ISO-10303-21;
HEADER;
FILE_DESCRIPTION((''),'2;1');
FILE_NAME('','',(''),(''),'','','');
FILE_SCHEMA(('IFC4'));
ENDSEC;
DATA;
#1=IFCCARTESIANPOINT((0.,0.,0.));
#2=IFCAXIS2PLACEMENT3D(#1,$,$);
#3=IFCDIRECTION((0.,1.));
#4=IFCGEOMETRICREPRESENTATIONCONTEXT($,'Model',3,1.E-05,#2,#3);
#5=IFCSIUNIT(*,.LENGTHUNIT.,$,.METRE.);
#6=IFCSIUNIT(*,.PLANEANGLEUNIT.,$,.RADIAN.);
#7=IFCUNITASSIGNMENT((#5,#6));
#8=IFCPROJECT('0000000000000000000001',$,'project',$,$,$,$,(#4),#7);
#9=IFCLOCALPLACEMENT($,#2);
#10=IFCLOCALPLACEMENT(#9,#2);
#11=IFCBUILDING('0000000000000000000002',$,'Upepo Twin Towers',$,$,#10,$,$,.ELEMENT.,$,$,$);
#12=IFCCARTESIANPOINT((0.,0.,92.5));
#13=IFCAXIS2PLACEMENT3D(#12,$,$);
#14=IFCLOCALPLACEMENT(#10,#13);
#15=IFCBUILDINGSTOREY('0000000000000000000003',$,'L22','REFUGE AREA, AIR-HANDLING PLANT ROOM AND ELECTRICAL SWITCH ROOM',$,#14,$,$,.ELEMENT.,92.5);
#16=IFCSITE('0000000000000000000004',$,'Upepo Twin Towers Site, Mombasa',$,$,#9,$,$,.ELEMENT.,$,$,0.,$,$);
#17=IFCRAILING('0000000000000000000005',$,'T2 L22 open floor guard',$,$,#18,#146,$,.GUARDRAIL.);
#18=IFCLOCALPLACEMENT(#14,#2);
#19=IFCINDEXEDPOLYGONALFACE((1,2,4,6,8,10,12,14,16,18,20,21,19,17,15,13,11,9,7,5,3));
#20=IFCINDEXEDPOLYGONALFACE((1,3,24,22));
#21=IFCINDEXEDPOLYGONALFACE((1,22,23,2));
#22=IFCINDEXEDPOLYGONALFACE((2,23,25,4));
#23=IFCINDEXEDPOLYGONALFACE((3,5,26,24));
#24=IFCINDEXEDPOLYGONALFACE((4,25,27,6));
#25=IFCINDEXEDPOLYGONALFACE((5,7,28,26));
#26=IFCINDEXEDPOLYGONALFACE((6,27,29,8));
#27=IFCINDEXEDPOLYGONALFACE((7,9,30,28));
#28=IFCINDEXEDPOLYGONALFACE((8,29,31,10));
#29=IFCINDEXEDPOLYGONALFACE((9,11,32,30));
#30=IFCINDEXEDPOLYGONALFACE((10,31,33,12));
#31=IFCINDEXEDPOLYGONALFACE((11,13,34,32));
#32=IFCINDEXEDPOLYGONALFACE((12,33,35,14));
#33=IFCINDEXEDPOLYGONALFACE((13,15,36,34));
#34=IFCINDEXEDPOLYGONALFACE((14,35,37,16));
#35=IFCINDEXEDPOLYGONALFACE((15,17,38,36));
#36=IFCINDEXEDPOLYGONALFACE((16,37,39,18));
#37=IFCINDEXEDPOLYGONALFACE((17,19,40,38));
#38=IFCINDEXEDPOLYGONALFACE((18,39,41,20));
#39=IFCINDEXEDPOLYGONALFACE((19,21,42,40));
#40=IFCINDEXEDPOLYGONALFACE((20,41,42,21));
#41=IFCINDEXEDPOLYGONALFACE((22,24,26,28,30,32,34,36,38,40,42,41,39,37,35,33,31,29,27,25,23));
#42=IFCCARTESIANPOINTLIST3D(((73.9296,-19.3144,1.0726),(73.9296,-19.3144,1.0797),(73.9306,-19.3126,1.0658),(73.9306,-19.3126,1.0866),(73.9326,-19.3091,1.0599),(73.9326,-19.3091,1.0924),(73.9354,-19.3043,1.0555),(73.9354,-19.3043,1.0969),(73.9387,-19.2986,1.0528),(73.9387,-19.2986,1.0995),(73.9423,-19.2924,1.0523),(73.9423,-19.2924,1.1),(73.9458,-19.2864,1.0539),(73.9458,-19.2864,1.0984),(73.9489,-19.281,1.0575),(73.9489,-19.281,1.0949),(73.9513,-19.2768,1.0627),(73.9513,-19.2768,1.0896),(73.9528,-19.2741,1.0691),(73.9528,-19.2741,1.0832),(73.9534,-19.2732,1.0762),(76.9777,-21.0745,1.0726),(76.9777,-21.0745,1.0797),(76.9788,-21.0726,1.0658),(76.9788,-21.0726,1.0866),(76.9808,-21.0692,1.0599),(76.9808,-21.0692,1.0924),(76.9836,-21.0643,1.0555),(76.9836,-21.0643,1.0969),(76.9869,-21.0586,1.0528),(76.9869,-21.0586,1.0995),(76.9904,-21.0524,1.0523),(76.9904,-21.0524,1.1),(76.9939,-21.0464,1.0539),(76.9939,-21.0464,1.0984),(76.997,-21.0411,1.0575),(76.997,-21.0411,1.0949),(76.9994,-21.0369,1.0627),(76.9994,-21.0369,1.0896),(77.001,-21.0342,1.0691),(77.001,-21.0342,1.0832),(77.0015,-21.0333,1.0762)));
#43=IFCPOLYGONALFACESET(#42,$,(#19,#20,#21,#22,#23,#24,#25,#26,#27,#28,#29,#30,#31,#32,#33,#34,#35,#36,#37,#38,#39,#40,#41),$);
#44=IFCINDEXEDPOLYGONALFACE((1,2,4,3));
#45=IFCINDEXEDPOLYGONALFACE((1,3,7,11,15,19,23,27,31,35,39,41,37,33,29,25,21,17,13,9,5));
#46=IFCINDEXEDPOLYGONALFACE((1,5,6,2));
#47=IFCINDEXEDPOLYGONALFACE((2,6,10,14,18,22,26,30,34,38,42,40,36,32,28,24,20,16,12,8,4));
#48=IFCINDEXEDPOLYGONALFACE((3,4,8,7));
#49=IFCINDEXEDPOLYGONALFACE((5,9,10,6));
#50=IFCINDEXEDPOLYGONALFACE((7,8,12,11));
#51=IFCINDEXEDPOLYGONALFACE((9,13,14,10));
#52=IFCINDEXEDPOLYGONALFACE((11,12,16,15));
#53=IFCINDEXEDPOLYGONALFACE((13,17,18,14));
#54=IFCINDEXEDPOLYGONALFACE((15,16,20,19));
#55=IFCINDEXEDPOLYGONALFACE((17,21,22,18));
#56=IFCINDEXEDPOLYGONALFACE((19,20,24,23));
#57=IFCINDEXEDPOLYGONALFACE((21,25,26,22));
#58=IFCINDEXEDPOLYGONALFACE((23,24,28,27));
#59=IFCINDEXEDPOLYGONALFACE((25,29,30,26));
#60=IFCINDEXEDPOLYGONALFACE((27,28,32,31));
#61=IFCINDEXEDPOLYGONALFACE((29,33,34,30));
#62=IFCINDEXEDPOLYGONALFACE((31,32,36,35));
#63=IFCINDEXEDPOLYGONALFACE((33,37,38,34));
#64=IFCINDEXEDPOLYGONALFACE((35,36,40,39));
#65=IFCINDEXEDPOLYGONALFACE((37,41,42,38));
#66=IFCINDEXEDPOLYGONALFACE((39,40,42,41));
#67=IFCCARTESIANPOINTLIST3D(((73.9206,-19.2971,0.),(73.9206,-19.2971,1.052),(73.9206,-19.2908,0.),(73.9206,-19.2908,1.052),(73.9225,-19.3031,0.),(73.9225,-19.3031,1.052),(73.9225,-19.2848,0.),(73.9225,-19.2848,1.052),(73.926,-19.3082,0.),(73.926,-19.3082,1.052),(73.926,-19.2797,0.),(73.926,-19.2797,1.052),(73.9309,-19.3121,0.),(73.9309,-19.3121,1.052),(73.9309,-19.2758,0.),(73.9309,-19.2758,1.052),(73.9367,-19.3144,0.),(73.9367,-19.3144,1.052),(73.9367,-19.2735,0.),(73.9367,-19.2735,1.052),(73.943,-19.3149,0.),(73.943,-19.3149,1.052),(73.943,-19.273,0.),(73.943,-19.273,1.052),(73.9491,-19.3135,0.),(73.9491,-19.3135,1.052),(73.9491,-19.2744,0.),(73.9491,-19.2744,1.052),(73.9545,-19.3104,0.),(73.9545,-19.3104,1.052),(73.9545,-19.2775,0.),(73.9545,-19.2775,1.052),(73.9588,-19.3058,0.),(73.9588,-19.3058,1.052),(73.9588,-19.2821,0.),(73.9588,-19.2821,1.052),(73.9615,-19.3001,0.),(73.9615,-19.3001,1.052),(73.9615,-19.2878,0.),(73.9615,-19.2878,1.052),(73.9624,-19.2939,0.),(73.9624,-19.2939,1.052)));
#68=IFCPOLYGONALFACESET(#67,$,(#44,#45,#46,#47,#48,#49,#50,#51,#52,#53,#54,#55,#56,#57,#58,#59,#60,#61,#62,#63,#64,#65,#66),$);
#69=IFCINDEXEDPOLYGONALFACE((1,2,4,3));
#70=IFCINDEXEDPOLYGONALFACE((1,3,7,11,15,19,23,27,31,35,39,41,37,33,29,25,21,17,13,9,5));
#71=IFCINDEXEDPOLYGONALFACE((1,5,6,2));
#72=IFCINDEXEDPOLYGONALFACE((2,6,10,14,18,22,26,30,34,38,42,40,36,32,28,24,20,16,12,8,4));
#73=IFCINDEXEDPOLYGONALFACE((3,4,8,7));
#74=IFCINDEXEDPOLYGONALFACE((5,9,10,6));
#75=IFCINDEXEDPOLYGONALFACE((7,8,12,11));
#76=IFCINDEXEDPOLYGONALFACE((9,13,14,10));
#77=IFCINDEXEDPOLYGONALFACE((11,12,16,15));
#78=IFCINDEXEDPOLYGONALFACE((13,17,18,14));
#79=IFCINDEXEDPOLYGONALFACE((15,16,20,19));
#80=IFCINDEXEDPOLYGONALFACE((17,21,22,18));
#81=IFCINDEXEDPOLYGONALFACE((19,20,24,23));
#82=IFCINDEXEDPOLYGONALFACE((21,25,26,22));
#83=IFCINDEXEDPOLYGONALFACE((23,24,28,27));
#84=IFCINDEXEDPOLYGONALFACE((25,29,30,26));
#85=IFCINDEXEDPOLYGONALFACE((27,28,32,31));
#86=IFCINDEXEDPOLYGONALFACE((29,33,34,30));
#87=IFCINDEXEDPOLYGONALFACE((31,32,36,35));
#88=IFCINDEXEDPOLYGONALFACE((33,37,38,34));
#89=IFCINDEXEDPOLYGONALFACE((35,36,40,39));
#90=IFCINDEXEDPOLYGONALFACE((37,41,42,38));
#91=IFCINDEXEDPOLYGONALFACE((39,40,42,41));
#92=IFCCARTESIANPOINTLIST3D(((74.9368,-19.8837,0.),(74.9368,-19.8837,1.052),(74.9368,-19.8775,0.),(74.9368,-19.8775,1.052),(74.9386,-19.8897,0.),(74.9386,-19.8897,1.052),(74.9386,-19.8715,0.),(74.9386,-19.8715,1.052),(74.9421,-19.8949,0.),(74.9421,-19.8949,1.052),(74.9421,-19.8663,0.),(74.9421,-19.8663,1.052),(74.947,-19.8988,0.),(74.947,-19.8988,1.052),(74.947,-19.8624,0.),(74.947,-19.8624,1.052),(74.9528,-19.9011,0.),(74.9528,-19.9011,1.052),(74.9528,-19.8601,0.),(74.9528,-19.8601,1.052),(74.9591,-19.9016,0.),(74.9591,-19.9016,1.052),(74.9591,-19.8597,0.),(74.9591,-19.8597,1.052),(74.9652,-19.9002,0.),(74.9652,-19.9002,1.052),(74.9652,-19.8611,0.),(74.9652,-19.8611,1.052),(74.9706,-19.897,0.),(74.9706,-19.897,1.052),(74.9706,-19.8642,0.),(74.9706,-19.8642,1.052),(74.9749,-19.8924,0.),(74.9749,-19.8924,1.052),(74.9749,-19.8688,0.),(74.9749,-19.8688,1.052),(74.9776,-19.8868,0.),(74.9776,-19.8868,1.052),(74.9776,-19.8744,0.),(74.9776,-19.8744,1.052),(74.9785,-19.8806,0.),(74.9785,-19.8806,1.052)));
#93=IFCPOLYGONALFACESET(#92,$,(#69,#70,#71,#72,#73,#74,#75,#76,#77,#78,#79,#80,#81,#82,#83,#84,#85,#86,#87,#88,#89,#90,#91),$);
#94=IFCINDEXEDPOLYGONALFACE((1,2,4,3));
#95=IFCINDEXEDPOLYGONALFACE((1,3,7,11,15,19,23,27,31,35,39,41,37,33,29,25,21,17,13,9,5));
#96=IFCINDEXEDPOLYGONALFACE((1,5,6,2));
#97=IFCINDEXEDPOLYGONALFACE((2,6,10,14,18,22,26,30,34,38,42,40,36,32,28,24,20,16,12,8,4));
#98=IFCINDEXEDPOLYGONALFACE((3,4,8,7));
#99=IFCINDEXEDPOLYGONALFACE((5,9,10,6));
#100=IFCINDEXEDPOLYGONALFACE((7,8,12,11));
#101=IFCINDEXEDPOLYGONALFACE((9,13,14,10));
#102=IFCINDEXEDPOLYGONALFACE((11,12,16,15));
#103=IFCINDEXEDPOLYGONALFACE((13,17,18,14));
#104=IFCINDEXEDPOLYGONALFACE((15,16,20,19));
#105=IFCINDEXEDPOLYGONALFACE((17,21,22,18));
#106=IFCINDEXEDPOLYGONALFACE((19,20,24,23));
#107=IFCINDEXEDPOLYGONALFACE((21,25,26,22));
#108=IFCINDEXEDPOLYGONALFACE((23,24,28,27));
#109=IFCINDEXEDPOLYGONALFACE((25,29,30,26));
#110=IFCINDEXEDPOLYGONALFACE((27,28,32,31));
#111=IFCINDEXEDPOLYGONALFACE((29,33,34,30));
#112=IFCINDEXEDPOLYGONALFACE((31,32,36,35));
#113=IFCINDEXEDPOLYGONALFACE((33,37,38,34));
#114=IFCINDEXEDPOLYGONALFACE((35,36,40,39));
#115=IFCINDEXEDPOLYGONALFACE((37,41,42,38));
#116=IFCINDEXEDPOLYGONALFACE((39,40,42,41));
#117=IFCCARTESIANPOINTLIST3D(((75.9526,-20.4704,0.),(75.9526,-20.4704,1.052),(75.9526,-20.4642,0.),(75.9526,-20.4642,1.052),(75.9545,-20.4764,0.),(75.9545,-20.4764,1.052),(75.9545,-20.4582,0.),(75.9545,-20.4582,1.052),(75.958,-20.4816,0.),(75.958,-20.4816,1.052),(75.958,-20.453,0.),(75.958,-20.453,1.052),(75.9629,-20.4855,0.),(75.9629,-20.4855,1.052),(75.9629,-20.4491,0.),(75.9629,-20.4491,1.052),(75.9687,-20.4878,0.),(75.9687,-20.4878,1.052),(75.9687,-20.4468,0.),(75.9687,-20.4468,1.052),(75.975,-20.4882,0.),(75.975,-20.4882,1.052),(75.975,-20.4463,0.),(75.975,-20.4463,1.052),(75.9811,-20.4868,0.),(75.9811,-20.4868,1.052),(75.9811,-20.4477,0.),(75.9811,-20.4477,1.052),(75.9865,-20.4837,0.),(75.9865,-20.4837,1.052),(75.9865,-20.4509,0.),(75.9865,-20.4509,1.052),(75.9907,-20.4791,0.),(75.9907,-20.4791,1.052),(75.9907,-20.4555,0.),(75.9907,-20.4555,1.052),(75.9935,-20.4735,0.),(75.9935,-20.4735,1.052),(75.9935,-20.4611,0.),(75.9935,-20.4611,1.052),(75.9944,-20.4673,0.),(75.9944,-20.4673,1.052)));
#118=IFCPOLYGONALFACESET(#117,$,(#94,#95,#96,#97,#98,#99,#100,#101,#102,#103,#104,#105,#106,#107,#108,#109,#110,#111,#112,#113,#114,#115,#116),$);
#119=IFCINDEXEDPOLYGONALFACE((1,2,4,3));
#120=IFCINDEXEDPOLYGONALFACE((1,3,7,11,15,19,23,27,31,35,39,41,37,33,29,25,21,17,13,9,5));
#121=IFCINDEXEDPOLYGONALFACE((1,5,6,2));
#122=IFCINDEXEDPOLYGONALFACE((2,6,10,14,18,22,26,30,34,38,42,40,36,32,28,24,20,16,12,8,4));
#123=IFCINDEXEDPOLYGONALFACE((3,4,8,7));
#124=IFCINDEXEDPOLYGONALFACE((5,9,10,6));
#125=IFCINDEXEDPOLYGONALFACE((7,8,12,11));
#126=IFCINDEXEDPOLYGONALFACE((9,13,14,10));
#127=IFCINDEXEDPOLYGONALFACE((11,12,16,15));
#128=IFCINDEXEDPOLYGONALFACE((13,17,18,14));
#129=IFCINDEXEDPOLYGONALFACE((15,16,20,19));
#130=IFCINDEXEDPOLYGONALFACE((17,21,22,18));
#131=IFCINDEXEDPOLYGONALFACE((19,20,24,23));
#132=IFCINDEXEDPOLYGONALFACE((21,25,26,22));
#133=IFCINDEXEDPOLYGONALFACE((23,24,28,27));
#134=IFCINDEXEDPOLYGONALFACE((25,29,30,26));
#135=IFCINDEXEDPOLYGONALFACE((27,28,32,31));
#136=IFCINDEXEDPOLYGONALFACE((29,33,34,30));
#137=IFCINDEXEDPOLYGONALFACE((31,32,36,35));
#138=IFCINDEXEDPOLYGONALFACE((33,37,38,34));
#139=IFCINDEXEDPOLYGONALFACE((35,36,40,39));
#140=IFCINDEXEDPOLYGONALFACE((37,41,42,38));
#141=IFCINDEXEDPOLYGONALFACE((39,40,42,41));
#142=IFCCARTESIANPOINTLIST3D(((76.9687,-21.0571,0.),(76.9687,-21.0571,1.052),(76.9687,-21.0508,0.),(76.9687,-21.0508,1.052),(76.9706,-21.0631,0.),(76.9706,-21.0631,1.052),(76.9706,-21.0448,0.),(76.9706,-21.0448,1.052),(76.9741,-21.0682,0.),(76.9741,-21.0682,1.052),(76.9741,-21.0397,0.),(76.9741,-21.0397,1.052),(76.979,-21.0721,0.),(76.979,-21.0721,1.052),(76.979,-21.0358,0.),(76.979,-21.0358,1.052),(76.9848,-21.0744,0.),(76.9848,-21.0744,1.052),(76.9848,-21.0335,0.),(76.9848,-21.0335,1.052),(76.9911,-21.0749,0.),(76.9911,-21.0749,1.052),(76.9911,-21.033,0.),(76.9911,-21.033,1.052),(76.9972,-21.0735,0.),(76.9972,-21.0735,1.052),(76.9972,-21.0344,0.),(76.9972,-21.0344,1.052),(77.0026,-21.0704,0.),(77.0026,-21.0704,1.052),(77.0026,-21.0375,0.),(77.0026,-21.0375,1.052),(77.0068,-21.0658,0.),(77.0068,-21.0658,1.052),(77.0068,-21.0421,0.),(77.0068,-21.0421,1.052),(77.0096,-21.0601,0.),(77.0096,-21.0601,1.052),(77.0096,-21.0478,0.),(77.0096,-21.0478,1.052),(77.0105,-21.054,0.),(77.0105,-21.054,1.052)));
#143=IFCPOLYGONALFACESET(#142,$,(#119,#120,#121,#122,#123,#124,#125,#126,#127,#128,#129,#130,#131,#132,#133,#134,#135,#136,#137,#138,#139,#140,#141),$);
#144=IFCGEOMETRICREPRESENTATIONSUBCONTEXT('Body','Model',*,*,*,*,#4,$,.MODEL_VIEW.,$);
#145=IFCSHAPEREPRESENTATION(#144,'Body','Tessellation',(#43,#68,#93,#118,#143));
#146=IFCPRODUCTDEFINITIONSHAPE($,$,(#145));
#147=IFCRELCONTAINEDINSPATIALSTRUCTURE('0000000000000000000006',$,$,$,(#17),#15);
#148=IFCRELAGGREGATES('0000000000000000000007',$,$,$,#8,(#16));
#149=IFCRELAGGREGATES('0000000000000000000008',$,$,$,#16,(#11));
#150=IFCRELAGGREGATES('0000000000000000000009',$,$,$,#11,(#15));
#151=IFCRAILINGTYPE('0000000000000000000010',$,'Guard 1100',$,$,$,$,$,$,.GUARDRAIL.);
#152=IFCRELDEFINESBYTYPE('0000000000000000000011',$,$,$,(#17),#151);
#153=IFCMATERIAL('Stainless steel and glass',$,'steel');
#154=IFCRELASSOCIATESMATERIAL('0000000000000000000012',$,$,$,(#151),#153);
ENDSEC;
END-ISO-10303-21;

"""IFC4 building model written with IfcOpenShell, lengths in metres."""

from ifc_helpers import new_model, si_unit, direction, frame, origin, origin_2d, place, context, subcontext, project, spatial, circle, extrude, material, type_object, element, save


model = new_model("IFC4")

# Units and contexts
model_context = context("Model", 3, precision=1e-05, world=origin(), true_north=direction((0.0, 1.0)))
body_context = subcontext(model_context, "Body", "Model", "MODEL_VIEW")
ifc_project = project(units=[si_unit("LENGTHUNIT", "METRE"), si_unit("PLANEANGLEUNIT", "RADIAN")], contexts=[model_context])

# Site, building, storey
site_placement = place(None, origin())
site = spatial("IfcSite", under=ifc_project, at=site_placement, Name="Upepo Twin Towers Site, Mombasa", CompositionType="ELEMENT", RefElevation=0.0)
building_placement = place(site_placement, origin())
building = spatial("IfcBuilding", under=site, at=building_placement, Name="Upepo Twin Towers", CompositionType="ELEMENT")
storey_placement = place(building_placement, frame((0.0, 0.0, 92.5)))
storey = spatial("IfcBuildingStorey", under=building, at=storey_placement, Name="L22", Description="REFUGE AREA, AIR-HANDLING PLANT ROOM AND ELECTRICAL SWITCH ROOM", CompositionType="ELEMENT", Elevation=92.5)

# Railing
ifc_material_1 = material(Name="Stainless steel and glass", Category="steel")
railing_type = type_object("IfcRailingType", Name="Guard 1100", PredefinedType="GUARDRAIL", material=ifc_material_1)
for number, where, name in (
    (1, (73.9414, -19.2939, 0.0), "T2 L22 open floor guard"),
):
    element("IfcRailing", number, at=place(storey_placement, frame(where)), inside=storey, type_object=railing_type, Name=name, PredefinedType="GUARDRAIL", context=body_context, shape_type="SweptSolid", body=[
        extrude(circle(Radius=0.0239, at=origin_2d()), frame((0.0, 0.0, 1.0762), z_axis=(0.866002, -0.500041, 0.0), x_axis=(0.500041, 0.866002, 0.0)), (0.0, 0.0, 1.0), 3.5198),
        extrude(circle(Radius=0.021, at=origin_2d()), origin(), (0.0, 0.0, 1.0), 1.052),
        extrude(circle(Radius=0.021, at=origin_2d()), frame((1.0161, -0.5867, 0.0)), (0.0, 0.0, 1.0), 1.052),
        extrude(circle(Radius=0.021, at=origin_2d()), frame((2.032, -1.1733, 0.0)), (0.0, 0.0, 1.0), 1.052),
        extrude(circle(Radius=0.021, at=origin_2d()), frame((3.0481, -1.76, 0.0)), (0.0, 0.0, 1.0), 1.052),
    ])

save(model, "model.ifc")
